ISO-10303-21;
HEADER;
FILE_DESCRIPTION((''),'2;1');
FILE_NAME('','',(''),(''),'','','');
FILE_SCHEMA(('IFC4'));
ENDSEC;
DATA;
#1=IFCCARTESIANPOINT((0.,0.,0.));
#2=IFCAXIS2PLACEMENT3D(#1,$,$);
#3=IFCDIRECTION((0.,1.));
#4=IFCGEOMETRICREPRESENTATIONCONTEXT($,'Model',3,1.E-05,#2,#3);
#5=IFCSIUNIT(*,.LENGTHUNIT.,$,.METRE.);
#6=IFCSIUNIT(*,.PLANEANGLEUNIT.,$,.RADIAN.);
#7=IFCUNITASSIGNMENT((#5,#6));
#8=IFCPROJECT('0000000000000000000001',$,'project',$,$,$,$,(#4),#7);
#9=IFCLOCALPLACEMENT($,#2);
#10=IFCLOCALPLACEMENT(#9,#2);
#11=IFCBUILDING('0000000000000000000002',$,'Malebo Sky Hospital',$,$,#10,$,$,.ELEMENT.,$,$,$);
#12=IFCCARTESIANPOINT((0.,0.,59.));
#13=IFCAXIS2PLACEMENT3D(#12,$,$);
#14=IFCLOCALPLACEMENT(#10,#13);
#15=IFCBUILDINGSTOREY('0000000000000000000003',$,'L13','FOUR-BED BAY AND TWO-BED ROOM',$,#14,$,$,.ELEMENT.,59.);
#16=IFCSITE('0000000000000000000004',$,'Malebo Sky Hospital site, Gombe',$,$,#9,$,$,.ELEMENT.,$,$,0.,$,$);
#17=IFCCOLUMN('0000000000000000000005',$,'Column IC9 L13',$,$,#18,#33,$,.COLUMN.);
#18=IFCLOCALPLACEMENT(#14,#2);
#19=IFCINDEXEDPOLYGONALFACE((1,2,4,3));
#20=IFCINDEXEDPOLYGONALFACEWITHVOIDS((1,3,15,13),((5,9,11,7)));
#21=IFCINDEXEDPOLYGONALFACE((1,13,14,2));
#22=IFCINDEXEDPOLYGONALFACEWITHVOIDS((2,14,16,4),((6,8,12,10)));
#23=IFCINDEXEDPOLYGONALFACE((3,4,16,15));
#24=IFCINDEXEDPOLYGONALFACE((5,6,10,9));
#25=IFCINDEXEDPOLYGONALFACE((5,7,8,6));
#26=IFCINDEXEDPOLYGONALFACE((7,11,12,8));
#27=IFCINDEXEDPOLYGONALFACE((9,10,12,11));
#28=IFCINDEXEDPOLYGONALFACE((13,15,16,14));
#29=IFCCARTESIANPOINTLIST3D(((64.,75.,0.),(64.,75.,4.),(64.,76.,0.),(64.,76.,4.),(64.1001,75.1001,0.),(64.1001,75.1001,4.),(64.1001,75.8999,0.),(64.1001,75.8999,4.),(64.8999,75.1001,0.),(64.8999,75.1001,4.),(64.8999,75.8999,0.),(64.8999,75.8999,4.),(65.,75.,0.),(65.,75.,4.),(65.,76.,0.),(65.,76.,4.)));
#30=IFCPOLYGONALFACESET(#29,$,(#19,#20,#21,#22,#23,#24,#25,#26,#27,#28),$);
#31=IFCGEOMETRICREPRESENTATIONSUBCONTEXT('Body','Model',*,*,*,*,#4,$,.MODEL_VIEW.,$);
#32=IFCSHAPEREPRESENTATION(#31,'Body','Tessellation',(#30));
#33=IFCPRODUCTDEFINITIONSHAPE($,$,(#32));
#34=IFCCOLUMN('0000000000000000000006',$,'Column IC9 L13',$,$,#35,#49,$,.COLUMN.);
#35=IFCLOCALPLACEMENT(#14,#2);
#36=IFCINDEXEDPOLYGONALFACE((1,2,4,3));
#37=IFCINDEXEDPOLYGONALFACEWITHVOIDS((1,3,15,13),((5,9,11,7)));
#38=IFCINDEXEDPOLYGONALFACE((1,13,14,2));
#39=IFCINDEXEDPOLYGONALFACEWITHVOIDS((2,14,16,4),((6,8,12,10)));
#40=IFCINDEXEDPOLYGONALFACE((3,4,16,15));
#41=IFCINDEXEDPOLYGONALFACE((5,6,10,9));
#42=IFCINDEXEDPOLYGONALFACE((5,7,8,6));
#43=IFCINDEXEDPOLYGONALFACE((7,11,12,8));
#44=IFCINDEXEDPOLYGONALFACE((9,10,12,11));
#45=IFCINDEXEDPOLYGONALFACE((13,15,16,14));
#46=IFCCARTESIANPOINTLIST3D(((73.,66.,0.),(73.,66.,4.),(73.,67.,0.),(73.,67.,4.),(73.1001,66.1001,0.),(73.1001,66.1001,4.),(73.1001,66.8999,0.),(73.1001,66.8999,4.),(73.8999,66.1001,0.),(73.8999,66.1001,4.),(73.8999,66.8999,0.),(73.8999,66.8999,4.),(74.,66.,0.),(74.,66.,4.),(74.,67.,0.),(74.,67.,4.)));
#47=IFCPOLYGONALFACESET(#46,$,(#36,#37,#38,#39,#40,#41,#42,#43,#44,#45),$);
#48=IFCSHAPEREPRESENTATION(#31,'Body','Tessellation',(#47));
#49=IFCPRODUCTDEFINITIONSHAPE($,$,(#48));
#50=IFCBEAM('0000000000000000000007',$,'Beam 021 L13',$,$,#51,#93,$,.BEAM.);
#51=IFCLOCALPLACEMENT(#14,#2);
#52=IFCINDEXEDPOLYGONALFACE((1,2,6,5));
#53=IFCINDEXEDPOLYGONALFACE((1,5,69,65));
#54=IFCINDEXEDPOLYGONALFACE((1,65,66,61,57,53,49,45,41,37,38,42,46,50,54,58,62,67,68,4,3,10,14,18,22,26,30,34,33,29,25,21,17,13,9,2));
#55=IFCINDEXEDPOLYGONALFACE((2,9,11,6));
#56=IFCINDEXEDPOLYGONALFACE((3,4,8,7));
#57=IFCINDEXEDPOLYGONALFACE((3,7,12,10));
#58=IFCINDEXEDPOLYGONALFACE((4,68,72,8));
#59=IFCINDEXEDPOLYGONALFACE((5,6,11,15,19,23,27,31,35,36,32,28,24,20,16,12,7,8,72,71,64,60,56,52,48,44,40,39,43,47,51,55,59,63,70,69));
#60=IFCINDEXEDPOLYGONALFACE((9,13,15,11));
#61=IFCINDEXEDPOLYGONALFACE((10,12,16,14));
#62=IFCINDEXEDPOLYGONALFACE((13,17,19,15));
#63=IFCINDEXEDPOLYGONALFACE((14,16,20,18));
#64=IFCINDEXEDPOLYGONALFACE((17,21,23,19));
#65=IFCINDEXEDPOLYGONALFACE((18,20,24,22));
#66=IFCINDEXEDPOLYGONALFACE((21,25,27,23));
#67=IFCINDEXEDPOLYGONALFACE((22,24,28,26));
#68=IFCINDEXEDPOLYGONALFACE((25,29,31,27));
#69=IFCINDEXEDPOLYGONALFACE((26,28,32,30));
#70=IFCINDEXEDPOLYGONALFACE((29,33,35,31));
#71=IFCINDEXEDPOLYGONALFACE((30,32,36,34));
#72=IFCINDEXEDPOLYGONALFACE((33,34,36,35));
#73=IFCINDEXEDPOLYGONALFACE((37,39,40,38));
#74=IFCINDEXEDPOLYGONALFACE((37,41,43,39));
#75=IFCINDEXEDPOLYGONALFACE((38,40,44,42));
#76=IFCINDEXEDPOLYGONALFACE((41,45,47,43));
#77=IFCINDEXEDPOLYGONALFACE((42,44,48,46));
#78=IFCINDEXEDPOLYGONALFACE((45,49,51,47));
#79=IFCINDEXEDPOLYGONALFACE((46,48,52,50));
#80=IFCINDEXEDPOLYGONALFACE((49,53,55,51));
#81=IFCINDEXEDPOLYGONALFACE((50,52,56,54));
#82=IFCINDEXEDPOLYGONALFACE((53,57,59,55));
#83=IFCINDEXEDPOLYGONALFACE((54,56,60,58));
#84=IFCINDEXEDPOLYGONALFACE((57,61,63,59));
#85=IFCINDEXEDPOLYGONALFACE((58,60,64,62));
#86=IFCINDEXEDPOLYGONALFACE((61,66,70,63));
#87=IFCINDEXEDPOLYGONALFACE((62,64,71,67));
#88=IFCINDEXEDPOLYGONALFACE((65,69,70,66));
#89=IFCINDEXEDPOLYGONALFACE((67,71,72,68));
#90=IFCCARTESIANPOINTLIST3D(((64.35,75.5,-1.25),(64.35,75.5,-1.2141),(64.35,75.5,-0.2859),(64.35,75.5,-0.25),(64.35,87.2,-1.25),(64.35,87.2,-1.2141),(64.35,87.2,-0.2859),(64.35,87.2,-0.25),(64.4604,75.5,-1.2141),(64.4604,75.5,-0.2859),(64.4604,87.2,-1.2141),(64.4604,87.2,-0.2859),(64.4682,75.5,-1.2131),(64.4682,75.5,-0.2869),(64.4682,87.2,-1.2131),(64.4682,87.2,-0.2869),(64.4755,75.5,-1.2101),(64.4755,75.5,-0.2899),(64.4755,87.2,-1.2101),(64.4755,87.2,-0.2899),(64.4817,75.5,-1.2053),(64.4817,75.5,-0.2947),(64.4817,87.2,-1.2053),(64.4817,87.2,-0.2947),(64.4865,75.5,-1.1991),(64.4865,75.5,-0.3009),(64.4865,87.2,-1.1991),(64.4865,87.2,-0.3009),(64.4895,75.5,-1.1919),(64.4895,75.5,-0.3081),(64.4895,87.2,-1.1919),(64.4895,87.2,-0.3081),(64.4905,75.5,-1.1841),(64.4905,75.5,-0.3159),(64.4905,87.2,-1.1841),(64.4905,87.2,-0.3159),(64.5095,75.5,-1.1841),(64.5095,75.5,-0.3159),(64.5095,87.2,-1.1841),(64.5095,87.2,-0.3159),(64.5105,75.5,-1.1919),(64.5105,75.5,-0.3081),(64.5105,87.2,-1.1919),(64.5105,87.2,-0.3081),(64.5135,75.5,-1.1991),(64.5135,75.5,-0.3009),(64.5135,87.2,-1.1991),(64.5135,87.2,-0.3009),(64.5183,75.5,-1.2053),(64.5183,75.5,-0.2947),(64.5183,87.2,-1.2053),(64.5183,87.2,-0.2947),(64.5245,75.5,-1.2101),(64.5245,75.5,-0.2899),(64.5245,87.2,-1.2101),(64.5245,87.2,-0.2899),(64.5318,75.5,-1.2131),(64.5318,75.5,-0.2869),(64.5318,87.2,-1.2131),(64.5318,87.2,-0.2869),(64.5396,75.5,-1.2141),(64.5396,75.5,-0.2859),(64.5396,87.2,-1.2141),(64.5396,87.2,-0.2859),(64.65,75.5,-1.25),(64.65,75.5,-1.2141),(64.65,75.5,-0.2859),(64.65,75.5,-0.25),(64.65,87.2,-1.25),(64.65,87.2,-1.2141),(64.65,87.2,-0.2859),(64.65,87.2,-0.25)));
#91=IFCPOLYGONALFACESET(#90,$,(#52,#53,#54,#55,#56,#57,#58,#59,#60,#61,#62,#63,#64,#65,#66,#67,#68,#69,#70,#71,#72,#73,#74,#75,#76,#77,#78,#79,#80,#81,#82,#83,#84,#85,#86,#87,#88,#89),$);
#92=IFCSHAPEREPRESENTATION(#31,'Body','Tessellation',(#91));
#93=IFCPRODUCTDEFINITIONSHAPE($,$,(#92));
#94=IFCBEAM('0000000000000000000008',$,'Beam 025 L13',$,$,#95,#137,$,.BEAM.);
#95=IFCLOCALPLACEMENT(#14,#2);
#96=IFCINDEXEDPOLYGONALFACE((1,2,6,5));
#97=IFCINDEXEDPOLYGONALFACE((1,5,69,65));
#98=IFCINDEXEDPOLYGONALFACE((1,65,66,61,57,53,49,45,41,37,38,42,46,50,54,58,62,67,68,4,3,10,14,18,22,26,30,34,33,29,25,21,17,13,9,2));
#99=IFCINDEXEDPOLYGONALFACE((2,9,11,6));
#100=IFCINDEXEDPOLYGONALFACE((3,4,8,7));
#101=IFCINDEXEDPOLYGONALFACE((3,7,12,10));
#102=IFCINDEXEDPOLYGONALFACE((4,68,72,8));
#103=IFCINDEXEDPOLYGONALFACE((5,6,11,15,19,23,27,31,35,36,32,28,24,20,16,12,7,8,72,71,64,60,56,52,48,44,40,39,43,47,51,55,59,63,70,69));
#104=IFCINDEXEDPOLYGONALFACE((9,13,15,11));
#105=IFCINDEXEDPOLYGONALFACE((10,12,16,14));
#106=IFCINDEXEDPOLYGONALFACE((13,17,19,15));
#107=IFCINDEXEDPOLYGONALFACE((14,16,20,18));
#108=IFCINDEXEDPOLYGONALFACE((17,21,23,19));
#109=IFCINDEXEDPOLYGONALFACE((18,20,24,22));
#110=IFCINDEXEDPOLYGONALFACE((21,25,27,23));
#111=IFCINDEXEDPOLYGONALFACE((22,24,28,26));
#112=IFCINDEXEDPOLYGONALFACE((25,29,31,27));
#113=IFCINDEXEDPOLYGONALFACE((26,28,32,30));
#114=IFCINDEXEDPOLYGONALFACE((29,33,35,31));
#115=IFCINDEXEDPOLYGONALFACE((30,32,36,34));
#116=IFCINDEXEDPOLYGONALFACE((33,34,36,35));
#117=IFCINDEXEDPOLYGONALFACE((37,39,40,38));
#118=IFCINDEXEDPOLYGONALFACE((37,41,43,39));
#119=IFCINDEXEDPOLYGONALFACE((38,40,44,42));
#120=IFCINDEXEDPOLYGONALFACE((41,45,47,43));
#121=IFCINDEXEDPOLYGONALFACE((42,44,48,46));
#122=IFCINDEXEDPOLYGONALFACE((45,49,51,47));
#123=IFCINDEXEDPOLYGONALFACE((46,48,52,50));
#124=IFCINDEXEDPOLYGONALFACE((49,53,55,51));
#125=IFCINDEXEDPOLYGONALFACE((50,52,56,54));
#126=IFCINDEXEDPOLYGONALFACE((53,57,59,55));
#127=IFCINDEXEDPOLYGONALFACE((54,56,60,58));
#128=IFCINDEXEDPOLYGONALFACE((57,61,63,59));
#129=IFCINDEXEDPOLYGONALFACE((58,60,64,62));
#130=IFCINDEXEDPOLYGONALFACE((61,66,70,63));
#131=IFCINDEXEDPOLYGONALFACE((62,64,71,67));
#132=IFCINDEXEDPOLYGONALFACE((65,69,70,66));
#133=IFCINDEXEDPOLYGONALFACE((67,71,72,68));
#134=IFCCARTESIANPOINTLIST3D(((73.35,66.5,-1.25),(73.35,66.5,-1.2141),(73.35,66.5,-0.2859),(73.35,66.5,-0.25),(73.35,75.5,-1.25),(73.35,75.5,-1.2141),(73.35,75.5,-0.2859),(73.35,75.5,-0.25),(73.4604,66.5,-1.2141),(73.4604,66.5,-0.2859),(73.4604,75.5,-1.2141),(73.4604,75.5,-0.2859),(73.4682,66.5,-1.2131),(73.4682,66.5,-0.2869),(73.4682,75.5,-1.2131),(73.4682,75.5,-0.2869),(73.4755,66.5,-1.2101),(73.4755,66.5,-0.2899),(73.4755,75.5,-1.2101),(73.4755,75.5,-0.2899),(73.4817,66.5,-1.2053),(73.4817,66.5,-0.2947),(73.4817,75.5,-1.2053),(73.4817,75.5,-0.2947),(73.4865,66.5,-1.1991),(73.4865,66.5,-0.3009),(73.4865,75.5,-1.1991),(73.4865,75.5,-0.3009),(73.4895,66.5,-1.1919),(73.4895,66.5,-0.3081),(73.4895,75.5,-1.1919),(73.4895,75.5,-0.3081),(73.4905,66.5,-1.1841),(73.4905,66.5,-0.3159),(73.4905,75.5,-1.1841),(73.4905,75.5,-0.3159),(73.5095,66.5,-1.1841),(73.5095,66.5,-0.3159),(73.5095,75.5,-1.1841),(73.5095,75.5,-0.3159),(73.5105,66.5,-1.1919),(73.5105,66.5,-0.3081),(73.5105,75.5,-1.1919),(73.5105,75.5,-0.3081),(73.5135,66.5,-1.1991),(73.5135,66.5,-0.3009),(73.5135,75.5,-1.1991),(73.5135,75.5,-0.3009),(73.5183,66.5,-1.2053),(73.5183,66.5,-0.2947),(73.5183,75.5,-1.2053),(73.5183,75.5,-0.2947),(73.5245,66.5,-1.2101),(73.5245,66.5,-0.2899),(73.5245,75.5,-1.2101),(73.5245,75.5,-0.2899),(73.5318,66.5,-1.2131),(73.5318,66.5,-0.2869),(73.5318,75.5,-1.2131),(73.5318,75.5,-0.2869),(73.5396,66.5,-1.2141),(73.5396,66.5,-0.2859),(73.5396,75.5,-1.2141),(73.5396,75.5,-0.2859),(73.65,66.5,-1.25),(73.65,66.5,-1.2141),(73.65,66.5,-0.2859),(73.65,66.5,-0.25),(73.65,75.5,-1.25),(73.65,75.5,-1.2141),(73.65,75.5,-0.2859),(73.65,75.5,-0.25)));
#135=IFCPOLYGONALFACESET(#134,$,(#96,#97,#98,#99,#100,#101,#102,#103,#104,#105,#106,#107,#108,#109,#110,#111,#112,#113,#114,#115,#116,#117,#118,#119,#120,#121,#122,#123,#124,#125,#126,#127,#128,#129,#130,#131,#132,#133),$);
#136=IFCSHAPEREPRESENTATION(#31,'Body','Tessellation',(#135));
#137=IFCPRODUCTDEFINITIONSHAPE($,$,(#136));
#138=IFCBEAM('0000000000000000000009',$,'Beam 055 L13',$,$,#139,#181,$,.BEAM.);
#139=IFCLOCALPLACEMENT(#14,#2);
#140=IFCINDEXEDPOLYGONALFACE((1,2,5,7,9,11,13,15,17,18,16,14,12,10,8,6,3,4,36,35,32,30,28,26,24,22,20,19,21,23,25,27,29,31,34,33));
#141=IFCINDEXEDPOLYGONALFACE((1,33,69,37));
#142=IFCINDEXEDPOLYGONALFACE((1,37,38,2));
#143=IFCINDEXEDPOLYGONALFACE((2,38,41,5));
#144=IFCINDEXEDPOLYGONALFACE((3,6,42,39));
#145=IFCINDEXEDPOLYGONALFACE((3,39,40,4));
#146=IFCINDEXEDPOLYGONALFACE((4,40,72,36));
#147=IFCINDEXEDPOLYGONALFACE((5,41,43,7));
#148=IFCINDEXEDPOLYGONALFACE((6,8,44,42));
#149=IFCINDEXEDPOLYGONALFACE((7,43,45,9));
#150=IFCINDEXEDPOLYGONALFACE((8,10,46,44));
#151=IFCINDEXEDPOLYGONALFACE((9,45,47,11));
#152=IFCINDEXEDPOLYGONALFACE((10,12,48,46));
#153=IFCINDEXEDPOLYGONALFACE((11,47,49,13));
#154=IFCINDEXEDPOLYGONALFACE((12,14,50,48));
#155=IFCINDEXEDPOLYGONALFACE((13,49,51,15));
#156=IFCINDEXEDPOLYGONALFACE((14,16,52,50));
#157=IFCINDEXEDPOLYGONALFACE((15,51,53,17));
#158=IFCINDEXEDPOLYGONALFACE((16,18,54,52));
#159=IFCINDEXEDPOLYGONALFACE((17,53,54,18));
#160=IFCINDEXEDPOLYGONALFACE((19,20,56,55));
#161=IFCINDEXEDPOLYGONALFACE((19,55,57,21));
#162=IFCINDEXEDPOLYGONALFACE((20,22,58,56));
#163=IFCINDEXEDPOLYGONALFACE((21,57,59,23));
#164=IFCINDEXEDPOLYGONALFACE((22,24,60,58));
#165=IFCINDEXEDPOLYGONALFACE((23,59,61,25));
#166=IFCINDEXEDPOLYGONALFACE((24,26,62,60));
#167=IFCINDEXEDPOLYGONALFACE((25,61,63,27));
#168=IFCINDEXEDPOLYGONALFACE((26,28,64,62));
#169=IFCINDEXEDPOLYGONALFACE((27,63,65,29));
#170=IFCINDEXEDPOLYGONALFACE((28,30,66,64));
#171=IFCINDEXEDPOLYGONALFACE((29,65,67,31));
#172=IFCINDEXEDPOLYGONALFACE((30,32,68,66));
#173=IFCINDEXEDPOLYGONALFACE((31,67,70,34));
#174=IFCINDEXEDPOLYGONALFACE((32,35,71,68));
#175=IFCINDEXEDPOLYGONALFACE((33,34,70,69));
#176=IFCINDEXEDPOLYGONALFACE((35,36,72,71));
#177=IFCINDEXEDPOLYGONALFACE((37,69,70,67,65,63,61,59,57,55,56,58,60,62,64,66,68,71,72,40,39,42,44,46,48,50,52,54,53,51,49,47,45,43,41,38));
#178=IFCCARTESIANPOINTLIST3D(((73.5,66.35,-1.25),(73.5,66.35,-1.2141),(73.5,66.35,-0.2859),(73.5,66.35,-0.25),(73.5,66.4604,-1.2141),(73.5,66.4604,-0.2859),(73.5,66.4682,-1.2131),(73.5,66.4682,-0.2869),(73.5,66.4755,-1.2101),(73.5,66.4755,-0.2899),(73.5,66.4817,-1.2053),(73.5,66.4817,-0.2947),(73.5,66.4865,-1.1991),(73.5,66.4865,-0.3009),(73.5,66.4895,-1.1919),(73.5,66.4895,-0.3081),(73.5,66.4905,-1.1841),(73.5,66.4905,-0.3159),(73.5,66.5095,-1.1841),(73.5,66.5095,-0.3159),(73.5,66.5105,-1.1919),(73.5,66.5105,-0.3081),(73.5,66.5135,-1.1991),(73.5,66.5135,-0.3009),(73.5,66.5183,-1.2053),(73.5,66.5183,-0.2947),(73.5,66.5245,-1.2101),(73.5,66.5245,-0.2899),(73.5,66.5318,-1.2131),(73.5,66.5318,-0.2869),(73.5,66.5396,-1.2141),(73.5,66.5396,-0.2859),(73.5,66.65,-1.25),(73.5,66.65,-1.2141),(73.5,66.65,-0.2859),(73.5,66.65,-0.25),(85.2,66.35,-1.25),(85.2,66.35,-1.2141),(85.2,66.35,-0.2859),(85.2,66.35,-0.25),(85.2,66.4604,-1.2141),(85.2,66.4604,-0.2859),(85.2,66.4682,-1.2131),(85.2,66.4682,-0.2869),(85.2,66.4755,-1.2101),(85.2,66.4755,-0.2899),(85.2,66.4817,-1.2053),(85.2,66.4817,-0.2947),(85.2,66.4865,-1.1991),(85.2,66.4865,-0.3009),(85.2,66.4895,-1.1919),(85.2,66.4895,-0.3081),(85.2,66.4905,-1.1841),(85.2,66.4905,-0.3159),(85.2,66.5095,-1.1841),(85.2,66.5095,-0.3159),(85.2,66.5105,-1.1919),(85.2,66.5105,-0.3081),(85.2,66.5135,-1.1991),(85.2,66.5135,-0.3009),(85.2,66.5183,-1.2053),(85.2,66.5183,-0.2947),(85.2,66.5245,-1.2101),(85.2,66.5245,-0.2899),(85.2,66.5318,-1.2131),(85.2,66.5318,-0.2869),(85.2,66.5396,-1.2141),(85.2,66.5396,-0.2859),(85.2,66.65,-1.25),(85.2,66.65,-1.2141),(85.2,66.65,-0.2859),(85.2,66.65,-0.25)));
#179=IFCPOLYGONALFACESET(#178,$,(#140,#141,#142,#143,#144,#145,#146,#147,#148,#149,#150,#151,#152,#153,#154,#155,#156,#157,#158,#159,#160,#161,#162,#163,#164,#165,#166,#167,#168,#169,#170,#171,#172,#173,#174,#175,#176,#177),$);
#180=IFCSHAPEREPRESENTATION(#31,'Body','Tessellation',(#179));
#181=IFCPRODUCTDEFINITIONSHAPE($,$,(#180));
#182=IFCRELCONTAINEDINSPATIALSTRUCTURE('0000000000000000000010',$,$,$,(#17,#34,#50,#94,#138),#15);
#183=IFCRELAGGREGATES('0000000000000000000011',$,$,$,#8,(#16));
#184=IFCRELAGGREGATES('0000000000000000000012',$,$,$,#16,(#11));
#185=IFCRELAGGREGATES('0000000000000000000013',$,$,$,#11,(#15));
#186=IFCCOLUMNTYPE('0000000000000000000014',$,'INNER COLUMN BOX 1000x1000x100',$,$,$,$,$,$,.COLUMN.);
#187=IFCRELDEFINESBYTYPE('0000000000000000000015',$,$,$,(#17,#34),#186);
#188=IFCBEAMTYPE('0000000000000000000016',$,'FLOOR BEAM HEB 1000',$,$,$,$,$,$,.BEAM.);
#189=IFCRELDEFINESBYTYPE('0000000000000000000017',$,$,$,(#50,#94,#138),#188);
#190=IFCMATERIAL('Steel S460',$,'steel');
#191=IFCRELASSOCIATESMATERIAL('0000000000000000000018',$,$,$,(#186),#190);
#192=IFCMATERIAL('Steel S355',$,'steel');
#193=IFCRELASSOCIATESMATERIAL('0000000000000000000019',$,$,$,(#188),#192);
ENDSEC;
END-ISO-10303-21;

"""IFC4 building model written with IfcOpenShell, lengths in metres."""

from ifc_helpers import new_model, si_unit, direction, frame, origin, origin_2d, place, context, subcontext, project, spatial, hollow_rectangle, i_section, extrude, material, material_profile, profile_set, type_object, element, save


model = new_model("IFC4")

# Units and contexts
model_context = context("Model", 3, precision=1e-05, world=origin(), true_north=direction((0.0, 1.0)))
body_context = subcontext(model_context, "Body", "Model", "MODEL_VIEW")
ifc_project = project(units=[si_unit("LENGTHUNIT", "METRE"), si_unit("PLANEANGLEUNIT", "RADIAN")], contexts=[model_context])

# Site, building, storey
site_placement = place(None, origin())
site = spatial("IfcSite", under=ifc_project, at=site_placement, Name="Malebo Sky Hospital site, Gombe", CompositionType="ELEMENT", RefElevation=0.0)
building_placement = place(site_placement, origin())
building = spatial("IfcBuilding", under=site, at=building_placement, Name="Malebo Sky Hospital", CompositionType="ELEMENT")
storey_placement = place(building_placement, frame((0.0, 0.0, 59.0)))
storey = spatial("IfcBuildingStorey", under=building, at=storey_placement, Name="L13", Description="FOUR-BED BAY AND TWO-BED ROOM", CompositionType="ELEMENT", Elevation=59.0)

# Columns
ifc_material_1 = material(Name="Steel S460", Category="steel")
ifc_material_profile_1 = material_profile(ifc_material_1, hollow_rectangle(XDim=1.0, YDim=1.0, WallThickness=0.1001, at=origin_2d()), Name="BOX 1000x1000x100")
ifc_profile_set_1 = profile_set([ifc_material_profile_1], Name="Steel S460")
column_type = type_object("IfcColumnType", Name="INNER COLUMN BOX 1000x1000x100", PredefinedType="COLUMN", material=ifc_profile_set_1)
for number, where, z_axis, x_axis, name in (
    (1, (64.5, 75.5, 0.0), (0.0, 0.0, 1.0), (1.0, 0.0, 0.0), "Column IC9 L13"),
    (2, (73.5, 66.5, 0.0), (0.0, 0.0, 1.0), (1.0, 0.0, 0.0), "Column IC9 L13"),
):
    element("IfcColumn", number, at=place(storey_placement, frame(where, z_axis=z_axis, x_axis=x_axis)), inside=storey, type_object=column_type, Name=name, PredefinedType="COLUMN", context=body_context, shape_type="SweptSolid", body=[
        extrude(hollow_rectangle(XDim=1.0, YDim=1.0, WallThickness=0.1001, at=origin_2d()), origin(), (0.0, 0.0, 1.0), 4.0),
    ])

# Beams
ifc_material_2 = material(Name="Steel S355", Category="steel")
ifc_material_profile_2 = material_profile(ifc_material_2, i_section(OverallWidth=0.3, OverallDepth=1.0, WebThickness=0.019, FlangeThickness=0.0359, FilletRadius=0.03, at=origin_2d()), Name="HEB 1000")
ifc_profile_set_2 = profile_set([ifc_material_profile_2], Name="Steel S355")
beam_type_1 = type_object("IfcBeamType", Name="FLOOR BEAM HEB 1000", PredefinedType="BEAM", material=ifc_profile_set_2)
beam_1_placement = place(storey_placement, frame((64.5, 75.5, -0.75), z_axis=(0.0, 1.0, 0.0), x_axis=(-1.0, 0.0, 0.0)))
element("IfcBeam", 3, at=beam_1_placement, inside=storey, type_object=beam_type_1, Name="Beam 021 L13", PredefinedType="BEAM", context=body_context, shape_type="SweptSolid", body=[
    extrude(i_section(OverallWidth=0.3, OverallDepth=1.0, WebThickness=0.019, FlangeThickness=0.0359, FilletRadius=0.03, at=origin_2d()), origin(), (0.0, 0.0, 1.0), 11.7),
])
beam_2_placement = place(storey_placement, frame((73.5, 66.5, -0.75), z_axis=(0.0, 1.0, 0.0), x_axis=(-1.0, 0.0, 0.0)))
element("IfcBeam", 4, at=beam_2_placement, inside=storey, type_object=beam_type_1, Name="Beam 025 L13", PredefinedType="BEAM", context=body_context, shape_type="SweptSolid", body=[
    extrude(i_section(OverallWidth=0.3, OverallDepth=1.0, WebThickness=0.019, FlangeThickness=0.0359, FilletRadius=0.03, at=origin_2d()), origin(), (0.0, 0.0, 1.0), 9.0),
])
beam_3_placement = place(storey_placement, frame((73.5, 66.5, -0.75), z_axis=(1.0, 0.0, 0.0), x_axis=(0.0, 1.0, 0.0)))
element("IfcBeam", 5, at=beam_3_placement, inside=storey, type_object=beam_type_1, Name="Beam 055 L13", PredefinedType="BEAM", context=body_context, shape_type="SweptSolid", body=[
    extrude(i_section(OverallWidth=0.3, OverallDepth=1.0, WebThickness=0.019, FlangeThickness=0.0359, FilletRadius=0.03, at=origin_2d()), origin(), (0.0, 0.0, 1.0), 11.7),
])

save(model, "model.ifc")
